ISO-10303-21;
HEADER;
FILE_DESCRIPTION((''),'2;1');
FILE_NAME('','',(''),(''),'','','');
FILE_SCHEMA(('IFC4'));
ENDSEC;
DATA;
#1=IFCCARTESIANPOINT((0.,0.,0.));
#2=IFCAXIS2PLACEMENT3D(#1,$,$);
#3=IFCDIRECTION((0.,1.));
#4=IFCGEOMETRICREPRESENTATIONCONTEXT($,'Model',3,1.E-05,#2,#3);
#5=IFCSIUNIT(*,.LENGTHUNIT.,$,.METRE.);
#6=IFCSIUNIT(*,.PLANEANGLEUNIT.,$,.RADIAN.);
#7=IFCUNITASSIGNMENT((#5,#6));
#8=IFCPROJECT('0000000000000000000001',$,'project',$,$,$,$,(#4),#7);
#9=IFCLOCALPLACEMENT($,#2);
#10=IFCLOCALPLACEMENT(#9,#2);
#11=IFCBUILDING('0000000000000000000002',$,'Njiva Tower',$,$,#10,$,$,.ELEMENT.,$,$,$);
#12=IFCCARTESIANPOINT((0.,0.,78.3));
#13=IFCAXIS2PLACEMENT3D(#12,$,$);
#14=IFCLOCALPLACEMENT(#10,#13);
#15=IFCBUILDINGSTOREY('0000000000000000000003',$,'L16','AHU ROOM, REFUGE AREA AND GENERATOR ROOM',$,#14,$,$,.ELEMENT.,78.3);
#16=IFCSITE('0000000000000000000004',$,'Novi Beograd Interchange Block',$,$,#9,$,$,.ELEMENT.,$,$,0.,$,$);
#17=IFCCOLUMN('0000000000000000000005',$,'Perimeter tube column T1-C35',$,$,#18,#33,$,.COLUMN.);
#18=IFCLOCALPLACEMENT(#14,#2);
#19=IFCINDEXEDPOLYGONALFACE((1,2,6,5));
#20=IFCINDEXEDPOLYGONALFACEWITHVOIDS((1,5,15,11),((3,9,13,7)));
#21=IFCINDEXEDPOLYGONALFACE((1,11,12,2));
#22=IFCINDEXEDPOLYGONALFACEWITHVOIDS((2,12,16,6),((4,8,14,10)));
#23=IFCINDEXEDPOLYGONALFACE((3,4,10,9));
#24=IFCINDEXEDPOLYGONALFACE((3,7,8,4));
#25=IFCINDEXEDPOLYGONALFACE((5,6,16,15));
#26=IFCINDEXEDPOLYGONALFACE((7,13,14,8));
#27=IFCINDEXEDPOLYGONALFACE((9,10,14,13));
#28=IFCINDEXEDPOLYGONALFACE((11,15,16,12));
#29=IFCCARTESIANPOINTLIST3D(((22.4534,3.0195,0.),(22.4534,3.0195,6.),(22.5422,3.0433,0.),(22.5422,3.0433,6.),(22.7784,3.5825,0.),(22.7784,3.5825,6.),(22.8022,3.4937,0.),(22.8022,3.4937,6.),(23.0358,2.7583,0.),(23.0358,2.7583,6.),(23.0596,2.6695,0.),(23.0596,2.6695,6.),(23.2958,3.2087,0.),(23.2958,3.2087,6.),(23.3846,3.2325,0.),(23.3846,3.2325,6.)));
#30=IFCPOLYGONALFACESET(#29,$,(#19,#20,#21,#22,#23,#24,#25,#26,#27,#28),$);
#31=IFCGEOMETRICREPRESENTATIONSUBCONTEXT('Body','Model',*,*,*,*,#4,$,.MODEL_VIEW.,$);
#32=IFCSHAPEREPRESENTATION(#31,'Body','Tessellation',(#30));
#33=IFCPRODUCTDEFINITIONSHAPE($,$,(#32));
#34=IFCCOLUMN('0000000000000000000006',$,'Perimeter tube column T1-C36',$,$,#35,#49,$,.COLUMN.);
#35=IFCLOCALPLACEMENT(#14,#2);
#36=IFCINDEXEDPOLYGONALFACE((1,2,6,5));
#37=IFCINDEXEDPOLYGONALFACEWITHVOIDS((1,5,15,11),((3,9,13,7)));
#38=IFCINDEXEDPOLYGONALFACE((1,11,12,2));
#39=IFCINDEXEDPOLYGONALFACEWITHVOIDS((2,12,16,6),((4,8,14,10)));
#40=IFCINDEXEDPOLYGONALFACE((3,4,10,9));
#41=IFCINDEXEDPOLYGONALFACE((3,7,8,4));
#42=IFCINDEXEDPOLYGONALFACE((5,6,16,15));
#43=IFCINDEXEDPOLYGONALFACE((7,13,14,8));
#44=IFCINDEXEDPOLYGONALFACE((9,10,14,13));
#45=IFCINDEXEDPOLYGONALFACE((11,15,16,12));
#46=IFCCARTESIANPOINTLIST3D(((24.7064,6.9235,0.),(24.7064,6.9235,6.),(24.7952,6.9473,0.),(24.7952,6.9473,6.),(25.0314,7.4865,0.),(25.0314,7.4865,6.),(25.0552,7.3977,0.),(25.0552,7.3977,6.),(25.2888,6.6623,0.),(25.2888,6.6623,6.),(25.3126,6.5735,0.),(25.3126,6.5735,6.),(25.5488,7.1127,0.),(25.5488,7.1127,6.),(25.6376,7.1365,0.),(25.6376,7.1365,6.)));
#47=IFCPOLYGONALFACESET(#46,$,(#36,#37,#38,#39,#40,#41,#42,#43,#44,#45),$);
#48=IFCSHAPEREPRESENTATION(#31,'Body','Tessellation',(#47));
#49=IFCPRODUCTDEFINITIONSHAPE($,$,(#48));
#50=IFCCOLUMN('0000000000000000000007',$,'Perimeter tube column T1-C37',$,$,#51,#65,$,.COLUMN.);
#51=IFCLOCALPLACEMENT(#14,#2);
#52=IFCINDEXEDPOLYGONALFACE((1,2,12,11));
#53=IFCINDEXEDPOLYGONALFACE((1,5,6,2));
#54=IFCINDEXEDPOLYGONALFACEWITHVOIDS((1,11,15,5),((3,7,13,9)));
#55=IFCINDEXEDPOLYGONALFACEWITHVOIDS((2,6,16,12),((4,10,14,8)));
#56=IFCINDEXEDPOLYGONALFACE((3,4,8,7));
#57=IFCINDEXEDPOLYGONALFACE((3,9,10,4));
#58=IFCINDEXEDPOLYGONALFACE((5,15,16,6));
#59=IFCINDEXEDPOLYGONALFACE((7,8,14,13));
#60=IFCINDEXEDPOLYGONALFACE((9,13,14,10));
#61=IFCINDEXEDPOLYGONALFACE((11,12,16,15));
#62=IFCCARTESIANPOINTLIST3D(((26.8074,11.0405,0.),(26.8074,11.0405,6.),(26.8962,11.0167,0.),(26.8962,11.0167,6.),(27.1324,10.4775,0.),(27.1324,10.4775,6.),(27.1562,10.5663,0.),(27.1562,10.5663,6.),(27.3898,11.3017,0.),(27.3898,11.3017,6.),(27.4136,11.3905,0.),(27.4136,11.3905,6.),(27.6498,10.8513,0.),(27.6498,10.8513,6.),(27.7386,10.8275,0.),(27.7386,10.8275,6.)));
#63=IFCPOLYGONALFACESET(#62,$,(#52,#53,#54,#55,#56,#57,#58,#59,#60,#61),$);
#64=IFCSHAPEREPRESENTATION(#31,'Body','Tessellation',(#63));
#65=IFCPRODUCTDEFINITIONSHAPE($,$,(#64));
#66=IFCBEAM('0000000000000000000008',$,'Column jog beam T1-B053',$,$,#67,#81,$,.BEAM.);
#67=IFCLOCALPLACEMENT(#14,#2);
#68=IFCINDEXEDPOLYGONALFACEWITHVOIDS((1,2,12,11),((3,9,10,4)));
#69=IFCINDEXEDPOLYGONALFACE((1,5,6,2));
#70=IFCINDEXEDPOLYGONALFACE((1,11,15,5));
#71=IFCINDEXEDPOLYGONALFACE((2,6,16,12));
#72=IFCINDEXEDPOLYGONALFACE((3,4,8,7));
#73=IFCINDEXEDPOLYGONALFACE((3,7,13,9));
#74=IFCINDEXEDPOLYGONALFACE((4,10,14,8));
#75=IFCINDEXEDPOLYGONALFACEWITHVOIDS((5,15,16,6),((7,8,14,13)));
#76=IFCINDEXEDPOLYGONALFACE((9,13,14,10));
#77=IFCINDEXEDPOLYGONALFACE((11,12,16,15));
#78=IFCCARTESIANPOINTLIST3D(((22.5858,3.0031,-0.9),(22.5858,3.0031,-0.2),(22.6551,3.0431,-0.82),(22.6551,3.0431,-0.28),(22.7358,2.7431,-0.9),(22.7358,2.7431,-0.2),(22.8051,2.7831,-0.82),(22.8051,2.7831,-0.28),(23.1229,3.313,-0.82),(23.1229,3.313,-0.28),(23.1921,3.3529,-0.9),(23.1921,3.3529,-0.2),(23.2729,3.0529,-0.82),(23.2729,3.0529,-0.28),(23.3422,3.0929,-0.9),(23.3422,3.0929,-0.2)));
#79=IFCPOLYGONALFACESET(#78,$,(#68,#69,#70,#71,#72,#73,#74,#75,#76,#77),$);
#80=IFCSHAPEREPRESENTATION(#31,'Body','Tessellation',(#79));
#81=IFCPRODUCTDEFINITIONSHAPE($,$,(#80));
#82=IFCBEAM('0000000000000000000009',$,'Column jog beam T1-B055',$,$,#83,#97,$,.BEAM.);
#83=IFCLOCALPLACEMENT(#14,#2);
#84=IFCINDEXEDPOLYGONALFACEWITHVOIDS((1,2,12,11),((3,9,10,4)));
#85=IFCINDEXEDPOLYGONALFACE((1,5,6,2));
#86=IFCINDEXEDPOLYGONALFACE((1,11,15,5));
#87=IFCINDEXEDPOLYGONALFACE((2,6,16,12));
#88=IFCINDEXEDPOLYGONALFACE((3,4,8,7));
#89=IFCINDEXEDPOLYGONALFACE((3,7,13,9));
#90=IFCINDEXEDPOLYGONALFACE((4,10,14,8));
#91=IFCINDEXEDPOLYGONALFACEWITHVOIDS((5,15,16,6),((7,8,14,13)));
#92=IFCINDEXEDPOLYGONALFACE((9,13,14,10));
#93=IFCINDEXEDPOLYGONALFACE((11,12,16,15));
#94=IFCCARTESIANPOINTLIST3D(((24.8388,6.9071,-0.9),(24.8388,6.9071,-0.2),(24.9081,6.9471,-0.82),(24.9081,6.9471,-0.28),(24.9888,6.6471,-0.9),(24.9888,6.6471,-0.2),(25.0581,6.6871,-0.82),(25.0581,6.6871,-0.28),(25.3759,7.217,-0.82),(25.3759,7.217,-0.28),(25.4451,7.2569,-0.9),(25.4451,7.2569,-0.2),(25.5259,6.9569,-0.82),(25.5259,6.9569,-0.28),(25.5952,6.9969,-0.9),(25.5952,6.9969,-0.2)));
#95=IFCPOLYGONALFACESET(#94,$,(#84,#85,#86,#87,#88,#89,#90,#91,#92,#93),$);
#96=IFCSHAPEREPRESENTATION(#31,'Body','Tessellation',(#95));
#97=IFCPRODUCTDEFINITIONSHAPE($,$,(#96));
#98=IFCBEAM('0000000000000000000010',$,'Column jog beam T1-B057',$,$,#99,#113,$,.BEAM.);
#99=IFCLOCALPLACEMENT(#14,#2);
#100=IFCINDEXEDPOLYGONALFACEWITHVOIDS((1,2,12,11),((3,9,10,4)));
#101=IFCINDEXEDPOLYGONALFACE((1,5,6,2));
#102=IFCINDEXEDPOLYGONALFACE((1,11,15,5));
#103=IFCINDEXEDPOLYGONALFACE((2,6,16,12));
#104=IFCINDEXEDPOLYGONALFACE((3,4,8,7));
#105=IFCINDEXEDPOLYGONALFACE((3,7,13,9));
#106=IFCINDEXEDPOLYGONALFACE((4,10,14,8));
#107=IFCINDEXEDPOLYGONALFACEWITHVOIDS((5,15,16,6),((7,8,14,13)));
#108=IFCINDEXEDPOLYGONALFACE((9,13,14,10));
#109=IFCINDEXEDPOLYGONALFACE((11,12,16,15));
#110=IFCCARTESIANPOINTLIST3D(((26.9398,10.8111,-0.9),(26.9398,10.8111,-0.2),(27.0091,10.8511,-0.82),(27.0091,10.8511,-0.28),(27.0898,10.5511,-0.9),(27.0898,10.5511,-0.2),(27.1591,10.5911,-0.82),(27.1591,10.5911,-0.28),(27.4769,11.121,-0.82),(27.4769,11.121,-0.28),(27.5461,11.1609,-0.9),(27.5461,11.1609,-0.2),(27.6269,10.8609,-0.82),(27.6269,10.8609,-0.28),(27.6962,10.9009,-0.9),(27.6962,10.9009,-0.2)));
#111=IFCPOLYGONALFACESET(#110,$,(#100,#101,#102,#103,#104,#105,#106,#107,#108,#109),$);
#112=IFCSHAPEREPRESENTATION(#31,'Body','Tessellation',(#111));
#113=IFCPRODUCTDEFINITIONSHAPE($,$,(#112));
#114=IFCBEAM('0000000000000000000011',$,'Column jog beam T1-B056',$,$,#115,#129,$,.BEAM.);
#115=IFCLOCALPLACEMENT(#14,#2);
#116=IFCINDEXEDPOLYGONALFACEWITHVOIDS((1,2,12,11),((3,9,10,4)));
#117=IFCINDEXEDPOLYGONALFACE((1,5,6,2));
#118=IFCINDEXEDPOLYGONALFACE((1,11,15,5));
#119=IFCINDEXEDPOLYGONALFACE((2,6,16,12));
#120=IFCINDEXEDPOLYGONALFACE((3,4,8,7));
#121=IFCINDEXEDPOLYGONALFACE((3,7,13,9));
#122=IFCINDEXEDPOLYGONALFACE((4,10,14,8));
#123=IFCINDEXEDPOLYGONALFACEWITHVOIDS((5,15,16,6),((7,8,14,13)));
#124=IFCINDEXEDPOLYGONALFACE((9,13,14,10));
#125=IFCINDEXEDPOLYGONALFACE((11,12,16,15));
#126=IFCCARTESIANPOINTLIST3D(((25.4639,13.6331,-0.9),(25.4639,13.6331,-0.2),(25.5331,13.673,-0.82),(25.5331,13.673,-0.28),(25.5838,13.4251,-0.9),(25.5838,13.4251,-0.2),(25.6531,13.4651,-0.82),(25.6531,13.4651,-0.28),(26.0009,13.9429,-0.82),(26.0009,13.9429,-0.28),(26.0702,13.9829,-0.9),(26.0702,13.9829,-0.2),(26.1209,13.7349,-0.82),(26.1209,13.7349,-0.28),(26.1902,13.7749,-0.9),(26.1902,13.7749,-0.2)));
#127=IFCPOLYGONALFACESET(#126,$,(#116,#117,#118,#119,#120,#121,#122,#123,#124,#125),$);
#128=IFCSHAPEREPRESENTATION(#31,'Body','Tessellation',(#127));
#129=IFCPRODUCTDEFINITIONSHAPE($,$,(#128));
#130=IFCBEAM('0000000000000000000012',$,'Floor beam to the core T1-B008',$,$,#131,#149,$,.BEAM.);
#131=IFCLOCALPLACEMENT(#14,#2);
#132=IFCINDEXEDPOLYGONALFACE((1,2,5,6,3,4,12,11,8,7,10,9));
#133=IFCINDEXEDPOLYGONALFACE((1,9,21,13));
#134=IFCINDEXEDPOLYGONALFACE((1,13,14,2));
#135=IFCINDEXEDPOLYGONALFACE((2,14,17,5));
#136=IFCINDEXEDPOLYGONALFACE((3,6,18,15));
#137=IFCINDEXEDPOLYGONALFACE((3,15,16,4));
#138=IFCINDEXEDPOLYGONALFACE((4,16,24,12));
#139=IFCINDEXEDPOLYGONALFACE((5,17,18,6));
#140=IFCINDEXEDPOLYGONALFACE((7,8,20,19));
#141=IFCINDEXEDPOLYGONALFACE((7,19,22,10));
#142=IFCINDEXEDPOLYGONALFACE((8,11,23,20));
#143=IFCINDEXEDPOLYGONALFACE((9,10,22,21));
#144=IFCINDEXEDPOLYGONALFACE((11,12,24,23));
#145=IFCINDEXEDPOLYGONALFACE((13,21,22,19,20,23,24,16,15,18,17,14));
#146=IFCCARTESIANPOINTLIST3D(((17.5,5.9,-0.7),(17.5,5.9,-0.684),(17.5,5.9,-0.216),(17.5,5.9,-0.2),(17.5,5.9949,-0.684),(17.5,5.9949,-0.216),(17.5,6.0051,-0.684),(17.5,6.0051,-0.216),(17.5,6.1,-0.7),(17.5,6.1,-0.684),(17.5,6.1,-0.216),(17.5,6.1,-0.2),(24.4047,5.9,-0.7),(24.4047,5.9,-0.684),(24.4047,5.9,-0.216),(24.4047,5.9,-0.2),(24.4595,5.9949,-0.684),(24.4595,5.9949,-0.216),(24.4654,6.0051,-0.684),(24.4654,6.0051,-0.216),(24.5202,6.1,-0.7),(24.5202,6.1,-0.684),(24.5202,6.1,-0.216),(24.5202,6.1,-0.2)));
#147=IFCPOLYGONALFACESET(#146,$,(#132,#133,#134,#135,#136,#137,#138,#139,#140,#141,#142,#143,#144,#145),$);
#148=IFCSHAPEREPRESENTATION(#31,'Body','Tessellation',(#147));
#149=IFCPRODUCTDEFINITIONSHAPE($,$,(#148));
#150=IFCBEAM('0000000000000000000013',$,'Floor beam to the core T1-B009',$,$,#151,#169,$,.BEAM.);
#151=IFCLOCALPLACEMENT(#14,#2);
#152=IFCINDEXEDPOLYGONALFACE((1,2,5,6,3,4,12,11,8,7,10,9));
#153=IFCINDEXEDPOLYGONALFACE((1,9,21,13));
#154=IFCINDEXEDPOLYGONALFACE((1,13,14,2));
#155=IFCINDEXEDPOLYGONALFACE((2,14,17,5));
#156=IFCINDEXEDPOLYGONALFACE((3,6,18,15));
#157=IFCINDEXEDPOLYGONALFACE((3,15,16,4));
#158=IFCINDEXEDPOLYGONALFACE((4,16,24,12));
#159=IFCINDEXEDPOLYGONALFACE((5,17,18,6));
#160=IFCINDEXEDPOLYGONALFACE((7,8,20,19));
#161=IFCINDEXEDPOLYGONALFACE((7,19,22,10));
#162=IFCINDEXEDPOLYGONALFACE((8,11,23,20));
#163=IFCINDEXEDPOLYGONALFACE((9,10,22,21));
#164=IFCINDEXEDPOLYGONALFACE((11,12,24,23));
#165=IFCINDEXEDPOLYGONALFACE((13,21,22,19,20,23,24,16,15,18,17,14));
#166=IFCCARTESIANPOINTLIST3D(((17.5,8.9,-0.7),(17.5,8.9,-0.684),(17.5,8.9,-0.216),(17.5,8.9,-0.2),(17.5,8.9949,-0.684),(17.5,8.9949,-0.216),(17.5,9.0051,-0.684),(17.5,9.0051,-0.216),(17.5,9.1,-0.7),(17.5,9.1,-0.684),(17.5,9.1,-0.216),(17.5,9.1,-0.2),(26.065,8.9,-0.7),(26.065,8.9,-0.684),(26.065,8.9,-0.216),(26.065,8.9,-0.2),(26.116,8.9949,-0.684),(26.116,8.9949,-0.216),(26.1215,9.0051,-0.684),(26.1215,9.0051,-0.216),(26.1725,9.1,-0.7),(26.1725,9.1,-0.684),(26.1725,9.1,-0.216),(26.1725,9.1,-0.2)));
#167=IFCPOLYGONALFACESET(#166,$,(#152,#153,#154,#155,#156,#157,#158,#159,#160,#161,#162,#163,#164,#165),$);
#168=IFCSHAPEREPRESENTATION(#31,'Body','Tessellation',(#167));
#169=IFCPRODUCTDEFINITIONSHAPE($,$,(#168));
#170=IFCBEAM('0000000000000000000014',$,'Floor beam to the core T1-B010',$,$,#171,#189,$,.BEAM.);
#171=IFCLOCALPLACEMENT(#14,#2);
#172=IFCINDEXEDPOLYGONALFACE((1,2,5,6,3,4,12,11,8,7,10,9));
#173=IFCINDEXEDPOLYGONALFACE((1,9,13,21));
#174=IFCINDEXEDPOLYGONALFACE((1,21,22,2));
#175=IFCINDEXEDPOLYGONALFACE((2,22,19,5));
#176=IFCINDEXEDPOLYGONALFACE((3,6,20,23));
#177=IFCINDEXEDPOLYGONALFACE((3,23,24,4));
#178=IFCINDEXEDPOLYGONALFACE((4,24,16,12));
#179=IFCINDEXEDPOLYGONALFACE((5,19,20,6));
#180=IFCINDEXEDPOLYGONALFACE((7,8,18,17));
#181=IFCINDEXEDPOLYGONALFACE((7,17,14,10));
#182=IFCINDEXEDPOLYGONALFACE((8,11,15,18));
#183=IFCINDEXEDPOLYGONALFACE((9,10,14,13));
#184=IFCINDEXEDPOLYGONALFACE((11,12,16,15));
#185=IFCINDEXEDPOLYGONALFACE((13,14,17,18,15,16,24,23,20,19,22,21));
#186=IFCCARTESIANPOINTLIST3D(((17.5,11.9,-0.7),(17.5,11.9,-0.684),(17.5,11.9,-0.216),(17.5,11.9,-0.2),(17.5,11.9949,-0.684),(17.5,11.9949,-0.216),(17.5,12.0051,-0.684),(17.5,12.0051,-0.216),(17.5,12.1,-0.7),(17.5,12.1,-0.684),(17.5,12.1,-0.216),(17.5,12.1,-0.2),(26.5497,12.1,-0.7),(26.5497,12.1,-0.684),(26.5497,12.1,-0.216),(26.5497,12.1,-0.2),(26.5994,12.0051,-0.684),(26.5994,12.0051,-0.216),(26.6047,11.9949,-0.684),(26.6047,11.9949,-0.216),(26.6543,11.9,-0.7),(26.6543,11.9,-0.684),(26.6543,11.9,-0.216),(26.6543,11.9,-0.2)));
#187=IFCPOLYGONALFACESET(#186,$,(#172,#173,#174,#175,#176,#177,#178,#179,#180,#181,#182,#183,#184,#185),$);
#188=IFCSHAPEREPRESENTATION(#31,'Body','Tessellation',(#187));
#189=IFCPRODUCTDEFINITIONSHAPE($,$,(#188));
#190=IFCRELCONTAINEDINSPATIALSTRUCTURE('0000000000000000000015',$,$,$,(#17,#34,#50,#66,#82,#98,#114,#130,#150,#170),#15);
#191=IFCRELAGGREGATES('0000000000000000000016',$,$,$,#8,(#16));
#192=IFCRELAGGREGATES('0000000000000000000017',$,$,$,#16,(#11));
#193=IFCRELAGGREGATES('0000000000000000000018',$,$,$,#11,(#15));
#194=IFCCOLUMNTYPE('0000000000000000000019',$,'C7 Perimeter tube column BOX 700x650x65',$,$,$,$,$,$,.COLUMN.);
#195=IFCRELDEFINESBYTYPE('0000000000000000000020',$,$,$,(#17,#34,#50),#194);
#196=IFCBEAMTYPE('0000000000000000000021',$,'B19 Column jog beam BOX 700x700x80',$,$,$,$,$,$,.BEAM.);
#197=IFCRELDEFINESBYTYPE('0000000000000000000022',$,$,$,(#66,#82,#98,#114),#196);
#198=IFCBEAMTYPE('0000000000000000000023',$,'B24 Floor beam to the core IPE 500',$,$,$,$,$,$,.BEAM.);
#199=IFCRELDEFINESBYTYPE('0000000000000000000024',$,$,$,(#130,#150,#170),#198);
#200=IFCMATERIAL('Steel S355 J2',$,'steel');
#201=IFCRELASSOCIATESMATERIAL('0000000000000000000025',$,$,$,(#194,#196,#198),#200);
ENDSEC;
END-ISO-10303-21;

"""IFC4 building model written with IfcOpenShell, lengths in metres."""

from ifc_helpers import new_model, si_unit, direction, frame, origin, origin_2d, place, context, subcontext, project, spatial, hollow_rectangle, i_section, extrude, clip, halfspace, material, material_profile, profile_set, type_object, element, save


model = new_model("IFC4")

# Units and contexts
model_context = context("Model", 3, precision=1e-05, world=origin(), true_north=direction((0.0, 1.0)))
body_context = subcontext(model_context, "Body", "Model", "MODEL_VIEW")
ifc_project = project(units=[si_unit("LENGTHUNIT", "METRE"), si_unit("PLANEANGLEUNIT", "RADIAN")], contexts=[model_context])

# Site, building, storey
site_placement = place(None, origin())
site = spatial("IfcSite", under=ifc_project, at=site_placement, Name="Novi Beograd Interchange Block", CompositionType="ELEMENT", RefElevation=0.0)
building_placement = place(site_placement, origin())
building = spatial("IfcBuilding", under=site, at=building_placement, Name="Njiva Tower", CompositionType="ELEMENT")
storey_placement = place(building_placement, frame((0.0, 0.0, 78.3)))
storey = spatial("IfcBuildingStorey", under=building, at=storey_placement, Name="L16", Description="AHU ROOM, REFUGE AREA AND GENERATOR ROOM", CompositionType="ELEMENT", Elevation=78.3)

# Columns
ifc_material_1 = material(Name="Steel S355 J2", Category="steel")
ifc_material_profile_1 = material_profile(ifc_material_1, hollow_rectangle(XDim=0.65, YDim=0.7, WallThickness=0.065, at=origin_2d()), Name="BOX 700x650x65")
ifc_profile_set_1 = profile_set([ifc_material_profile_1], Name="Steel S355 J2")
column_type = type_object("IfcColumnType", Name="C7 Perimeter tube column BOX 700x650x65", PredefinedType="COLUMN", material=ifc_profile_set_1)
for number, where, z_axis, x_axis, name in (
    (1, (22.919, 3.126, 0.0), (0.0, 0.0, 1.0), (0.5, 0.866025, 0.0), "Perimeter tube column T1-C35"),
    (2, (25.172, 7.03, 0.0), (0.0, 0.0, 1.0), (0.5, 0.866025, 0.0), "Perimeter tube column T1-C36"),
    (3, (27.273, 10.934, 0.0), (0.0, 0.0, 1.0), (-0.5, 0.866025, 0.0), "Perimeter tube column T1-C37"),
):
    element("IfcColumn", number, at=place(storey_placement, frame(where, z_axis=z_axis, x_axis=x_axis)), inside=storey, type_object=column_type, Name=name, PredefinedType="COLUMN", context=body_context, shape_type="SweptSolid", body=[
        extrude(hollow_rectangle(XDim=0.65, YDim=0.7, WallThickness=0.065, at=origin_2d()), origin(), (0.0, 0.0, 1.0), 6.0),
    ])

# Beams
ifc_material_profile_2 = material_profile(ifc_material_1, hollow_rectangle(XDim=0.7, YDim=0.7, WallThickness=0.08, at=origin_2d()), Name="BOX 700x700x80")
ifc_profile_set_2 = profile_set([ifc_material_profile_2], Name="Steel S355 J2")
beam_type_1 = type_object("IfcBeamType", Name="B19 Column jog beam BOX 700x700x80", PredefinedType="BEAM", material=ifc_profile_set_2)
for number, where, z_axis, x_axis, name in (
    (4, (23.039, 2.918, -0.55), (-0.499722, 0.866186, 0.0), (-0.866186, -0.499722, 0.0), "Column jog beam T1-B053"),
    (5, (25.292, 6.822, -0.55), (-0.499722, 0.866186, 0.0), (-0.866186, -0.499722, 0.0), "Column jog beam T1-B055"),
    (6, (27.393, 10.726, -0.55), (-0.499722, 0.866186, 0.0), (-0.866186, -0.499722, 0.0), "Column jog beam T1-B057"),
):
    element("IfcBeam", number, at=place(storey_placement, frame(where, z_axis=z_axis, x_axis=x_axis)), inside=storey, type_object=beam_type_1, Name=name, PredefinedType="BEAM", context=body_context, shape_type="SweptSolid", body=[
        extrude(hollow_rectangle(XDim=0.7, YDim=0.7, WallThickness=0.08, at=origin_2d()), origin(), (0.0, 0.0, 1.0), 0.3002),
    ])
beam_1_placement = place(storey_placement, frame((25.887, 13.6, -0.55), z_axis=(-0.499722, 0.866186, 0.0), x_axis=(-0.866186, -0.499722, 0.0)))
element("IfcBeam", 7, at=beam_1_placement, inside=storey, type_object=beam_type_1, Name="Column jog beam T1-B056", PredefinedType="BEAM", context=body_context, shape_type="SweptSolid", body=[
    extrude(hollow_rectangle(XDim=0.7, YDim=0.7, WallThickness=0.08, at=origin_2d()), origin(), (0.0, 0.0, 1.0), 0.2401),
])
ifc_material_profile_3 = material_profile(ifc_material_1, i_section(OverallWidth=0.2, OverallDepth=0.5, WebThickness=0.0102, FlangeThickness=0.016, at=origin_2d()), Name="IPE 500")
ifc_profile_set_3 = profile_set([ifc_material_profile_3], Name="Steel S355 J2")
beam_type_2 = type_object("IfcBeamType", Name="B24 Floor beam to the core IPE 500", PredefinedType="BEAM", material=ifc_profile_set_3)
beam_2_placement = place(storey_placement, frame((17.5, 6.0, -0.45), z_axis=(1.0, 0.0, 0.0), x_axis=(0.0, 1.0, 0.0)))
element("IfcBeam", 8, at=beam_2_placement, inside=storey, type_object=beam_type_2, Name="Floor beam to the core T1-B008", PredefinedType="BEAM", context=body_context, shape_type="Clipping", body=[
    clip(extrude(i_section(OverallWidth=0.2, OverallDepth=0.5, WebThickness=0.0102, FlangeThickness=0.016, at=origin_2d()), origin(), (0.0, 0.0, 1.0), 7.04), halfspace(frame((-0.025, 0.0, 6.948), z_axis=(-0.499998, 0.0, 0.866027), x_axis=(0.0, 1.0, 0.0)), False)),
])
beam_3_placement = place(storey_placement, frame((17.5, 9.0, -0.45), z_axis=(1.0, 0.0, 0.0), x_axis=(0.0, 1.0, 0.0)))
element("IfcBeam", 9, at=beam_3_placement, inside=storey, type_object=beam_type_2, Name="Floor beam to the core T1-B009", PredefinedType="BEAM", context=body_context, shape_type="Clipping", body=[
    clip(extrude(i_section(OverallWidth=0.2, OverallDepth=0.5, WebThickness=0.0102, FlangeThickness=0.016, at=origin_2d()), origin(), (0.0, 0.0, 1.0), 8.693), halfspace(frame((-0.0237, 0.0, 8.606), z_axis=(-0.473769, 0.0, 0.880649), x_axis=(0.0, 1.0, 0.0)), False)),
])
beam_4_placement = place(storey_placement, frame((17.5, 12.0, -0.45), z_axis=(1.0, 0.0, 0.0), x_axis=(0.0, 1.0, 0.0)))
element("IfcBeam", 10, at=beam_4_placement, inside=storey, type_object=beam_type_2, Name="Floor beam to the core T1-B010", PredefinedType="BEAM", context=body_context, shape_type="Clipping", body=[
    clip(extrude(i_section(OverallWidth=0.2, OverallDepth=0.5, WebThickness=0.0102, FlangeThickness=0.016, at=origin_2d()), origin(), (0.0, 0.0, 1.0), 9.174), halfspace(frame((0.0232, 0.0, 9.0899), z_axis=(0.463368, 0.0, 0.886166), x_axis=(0.0, 1.0, 0.0)), False)),
])

save(model, "model.ifc")
